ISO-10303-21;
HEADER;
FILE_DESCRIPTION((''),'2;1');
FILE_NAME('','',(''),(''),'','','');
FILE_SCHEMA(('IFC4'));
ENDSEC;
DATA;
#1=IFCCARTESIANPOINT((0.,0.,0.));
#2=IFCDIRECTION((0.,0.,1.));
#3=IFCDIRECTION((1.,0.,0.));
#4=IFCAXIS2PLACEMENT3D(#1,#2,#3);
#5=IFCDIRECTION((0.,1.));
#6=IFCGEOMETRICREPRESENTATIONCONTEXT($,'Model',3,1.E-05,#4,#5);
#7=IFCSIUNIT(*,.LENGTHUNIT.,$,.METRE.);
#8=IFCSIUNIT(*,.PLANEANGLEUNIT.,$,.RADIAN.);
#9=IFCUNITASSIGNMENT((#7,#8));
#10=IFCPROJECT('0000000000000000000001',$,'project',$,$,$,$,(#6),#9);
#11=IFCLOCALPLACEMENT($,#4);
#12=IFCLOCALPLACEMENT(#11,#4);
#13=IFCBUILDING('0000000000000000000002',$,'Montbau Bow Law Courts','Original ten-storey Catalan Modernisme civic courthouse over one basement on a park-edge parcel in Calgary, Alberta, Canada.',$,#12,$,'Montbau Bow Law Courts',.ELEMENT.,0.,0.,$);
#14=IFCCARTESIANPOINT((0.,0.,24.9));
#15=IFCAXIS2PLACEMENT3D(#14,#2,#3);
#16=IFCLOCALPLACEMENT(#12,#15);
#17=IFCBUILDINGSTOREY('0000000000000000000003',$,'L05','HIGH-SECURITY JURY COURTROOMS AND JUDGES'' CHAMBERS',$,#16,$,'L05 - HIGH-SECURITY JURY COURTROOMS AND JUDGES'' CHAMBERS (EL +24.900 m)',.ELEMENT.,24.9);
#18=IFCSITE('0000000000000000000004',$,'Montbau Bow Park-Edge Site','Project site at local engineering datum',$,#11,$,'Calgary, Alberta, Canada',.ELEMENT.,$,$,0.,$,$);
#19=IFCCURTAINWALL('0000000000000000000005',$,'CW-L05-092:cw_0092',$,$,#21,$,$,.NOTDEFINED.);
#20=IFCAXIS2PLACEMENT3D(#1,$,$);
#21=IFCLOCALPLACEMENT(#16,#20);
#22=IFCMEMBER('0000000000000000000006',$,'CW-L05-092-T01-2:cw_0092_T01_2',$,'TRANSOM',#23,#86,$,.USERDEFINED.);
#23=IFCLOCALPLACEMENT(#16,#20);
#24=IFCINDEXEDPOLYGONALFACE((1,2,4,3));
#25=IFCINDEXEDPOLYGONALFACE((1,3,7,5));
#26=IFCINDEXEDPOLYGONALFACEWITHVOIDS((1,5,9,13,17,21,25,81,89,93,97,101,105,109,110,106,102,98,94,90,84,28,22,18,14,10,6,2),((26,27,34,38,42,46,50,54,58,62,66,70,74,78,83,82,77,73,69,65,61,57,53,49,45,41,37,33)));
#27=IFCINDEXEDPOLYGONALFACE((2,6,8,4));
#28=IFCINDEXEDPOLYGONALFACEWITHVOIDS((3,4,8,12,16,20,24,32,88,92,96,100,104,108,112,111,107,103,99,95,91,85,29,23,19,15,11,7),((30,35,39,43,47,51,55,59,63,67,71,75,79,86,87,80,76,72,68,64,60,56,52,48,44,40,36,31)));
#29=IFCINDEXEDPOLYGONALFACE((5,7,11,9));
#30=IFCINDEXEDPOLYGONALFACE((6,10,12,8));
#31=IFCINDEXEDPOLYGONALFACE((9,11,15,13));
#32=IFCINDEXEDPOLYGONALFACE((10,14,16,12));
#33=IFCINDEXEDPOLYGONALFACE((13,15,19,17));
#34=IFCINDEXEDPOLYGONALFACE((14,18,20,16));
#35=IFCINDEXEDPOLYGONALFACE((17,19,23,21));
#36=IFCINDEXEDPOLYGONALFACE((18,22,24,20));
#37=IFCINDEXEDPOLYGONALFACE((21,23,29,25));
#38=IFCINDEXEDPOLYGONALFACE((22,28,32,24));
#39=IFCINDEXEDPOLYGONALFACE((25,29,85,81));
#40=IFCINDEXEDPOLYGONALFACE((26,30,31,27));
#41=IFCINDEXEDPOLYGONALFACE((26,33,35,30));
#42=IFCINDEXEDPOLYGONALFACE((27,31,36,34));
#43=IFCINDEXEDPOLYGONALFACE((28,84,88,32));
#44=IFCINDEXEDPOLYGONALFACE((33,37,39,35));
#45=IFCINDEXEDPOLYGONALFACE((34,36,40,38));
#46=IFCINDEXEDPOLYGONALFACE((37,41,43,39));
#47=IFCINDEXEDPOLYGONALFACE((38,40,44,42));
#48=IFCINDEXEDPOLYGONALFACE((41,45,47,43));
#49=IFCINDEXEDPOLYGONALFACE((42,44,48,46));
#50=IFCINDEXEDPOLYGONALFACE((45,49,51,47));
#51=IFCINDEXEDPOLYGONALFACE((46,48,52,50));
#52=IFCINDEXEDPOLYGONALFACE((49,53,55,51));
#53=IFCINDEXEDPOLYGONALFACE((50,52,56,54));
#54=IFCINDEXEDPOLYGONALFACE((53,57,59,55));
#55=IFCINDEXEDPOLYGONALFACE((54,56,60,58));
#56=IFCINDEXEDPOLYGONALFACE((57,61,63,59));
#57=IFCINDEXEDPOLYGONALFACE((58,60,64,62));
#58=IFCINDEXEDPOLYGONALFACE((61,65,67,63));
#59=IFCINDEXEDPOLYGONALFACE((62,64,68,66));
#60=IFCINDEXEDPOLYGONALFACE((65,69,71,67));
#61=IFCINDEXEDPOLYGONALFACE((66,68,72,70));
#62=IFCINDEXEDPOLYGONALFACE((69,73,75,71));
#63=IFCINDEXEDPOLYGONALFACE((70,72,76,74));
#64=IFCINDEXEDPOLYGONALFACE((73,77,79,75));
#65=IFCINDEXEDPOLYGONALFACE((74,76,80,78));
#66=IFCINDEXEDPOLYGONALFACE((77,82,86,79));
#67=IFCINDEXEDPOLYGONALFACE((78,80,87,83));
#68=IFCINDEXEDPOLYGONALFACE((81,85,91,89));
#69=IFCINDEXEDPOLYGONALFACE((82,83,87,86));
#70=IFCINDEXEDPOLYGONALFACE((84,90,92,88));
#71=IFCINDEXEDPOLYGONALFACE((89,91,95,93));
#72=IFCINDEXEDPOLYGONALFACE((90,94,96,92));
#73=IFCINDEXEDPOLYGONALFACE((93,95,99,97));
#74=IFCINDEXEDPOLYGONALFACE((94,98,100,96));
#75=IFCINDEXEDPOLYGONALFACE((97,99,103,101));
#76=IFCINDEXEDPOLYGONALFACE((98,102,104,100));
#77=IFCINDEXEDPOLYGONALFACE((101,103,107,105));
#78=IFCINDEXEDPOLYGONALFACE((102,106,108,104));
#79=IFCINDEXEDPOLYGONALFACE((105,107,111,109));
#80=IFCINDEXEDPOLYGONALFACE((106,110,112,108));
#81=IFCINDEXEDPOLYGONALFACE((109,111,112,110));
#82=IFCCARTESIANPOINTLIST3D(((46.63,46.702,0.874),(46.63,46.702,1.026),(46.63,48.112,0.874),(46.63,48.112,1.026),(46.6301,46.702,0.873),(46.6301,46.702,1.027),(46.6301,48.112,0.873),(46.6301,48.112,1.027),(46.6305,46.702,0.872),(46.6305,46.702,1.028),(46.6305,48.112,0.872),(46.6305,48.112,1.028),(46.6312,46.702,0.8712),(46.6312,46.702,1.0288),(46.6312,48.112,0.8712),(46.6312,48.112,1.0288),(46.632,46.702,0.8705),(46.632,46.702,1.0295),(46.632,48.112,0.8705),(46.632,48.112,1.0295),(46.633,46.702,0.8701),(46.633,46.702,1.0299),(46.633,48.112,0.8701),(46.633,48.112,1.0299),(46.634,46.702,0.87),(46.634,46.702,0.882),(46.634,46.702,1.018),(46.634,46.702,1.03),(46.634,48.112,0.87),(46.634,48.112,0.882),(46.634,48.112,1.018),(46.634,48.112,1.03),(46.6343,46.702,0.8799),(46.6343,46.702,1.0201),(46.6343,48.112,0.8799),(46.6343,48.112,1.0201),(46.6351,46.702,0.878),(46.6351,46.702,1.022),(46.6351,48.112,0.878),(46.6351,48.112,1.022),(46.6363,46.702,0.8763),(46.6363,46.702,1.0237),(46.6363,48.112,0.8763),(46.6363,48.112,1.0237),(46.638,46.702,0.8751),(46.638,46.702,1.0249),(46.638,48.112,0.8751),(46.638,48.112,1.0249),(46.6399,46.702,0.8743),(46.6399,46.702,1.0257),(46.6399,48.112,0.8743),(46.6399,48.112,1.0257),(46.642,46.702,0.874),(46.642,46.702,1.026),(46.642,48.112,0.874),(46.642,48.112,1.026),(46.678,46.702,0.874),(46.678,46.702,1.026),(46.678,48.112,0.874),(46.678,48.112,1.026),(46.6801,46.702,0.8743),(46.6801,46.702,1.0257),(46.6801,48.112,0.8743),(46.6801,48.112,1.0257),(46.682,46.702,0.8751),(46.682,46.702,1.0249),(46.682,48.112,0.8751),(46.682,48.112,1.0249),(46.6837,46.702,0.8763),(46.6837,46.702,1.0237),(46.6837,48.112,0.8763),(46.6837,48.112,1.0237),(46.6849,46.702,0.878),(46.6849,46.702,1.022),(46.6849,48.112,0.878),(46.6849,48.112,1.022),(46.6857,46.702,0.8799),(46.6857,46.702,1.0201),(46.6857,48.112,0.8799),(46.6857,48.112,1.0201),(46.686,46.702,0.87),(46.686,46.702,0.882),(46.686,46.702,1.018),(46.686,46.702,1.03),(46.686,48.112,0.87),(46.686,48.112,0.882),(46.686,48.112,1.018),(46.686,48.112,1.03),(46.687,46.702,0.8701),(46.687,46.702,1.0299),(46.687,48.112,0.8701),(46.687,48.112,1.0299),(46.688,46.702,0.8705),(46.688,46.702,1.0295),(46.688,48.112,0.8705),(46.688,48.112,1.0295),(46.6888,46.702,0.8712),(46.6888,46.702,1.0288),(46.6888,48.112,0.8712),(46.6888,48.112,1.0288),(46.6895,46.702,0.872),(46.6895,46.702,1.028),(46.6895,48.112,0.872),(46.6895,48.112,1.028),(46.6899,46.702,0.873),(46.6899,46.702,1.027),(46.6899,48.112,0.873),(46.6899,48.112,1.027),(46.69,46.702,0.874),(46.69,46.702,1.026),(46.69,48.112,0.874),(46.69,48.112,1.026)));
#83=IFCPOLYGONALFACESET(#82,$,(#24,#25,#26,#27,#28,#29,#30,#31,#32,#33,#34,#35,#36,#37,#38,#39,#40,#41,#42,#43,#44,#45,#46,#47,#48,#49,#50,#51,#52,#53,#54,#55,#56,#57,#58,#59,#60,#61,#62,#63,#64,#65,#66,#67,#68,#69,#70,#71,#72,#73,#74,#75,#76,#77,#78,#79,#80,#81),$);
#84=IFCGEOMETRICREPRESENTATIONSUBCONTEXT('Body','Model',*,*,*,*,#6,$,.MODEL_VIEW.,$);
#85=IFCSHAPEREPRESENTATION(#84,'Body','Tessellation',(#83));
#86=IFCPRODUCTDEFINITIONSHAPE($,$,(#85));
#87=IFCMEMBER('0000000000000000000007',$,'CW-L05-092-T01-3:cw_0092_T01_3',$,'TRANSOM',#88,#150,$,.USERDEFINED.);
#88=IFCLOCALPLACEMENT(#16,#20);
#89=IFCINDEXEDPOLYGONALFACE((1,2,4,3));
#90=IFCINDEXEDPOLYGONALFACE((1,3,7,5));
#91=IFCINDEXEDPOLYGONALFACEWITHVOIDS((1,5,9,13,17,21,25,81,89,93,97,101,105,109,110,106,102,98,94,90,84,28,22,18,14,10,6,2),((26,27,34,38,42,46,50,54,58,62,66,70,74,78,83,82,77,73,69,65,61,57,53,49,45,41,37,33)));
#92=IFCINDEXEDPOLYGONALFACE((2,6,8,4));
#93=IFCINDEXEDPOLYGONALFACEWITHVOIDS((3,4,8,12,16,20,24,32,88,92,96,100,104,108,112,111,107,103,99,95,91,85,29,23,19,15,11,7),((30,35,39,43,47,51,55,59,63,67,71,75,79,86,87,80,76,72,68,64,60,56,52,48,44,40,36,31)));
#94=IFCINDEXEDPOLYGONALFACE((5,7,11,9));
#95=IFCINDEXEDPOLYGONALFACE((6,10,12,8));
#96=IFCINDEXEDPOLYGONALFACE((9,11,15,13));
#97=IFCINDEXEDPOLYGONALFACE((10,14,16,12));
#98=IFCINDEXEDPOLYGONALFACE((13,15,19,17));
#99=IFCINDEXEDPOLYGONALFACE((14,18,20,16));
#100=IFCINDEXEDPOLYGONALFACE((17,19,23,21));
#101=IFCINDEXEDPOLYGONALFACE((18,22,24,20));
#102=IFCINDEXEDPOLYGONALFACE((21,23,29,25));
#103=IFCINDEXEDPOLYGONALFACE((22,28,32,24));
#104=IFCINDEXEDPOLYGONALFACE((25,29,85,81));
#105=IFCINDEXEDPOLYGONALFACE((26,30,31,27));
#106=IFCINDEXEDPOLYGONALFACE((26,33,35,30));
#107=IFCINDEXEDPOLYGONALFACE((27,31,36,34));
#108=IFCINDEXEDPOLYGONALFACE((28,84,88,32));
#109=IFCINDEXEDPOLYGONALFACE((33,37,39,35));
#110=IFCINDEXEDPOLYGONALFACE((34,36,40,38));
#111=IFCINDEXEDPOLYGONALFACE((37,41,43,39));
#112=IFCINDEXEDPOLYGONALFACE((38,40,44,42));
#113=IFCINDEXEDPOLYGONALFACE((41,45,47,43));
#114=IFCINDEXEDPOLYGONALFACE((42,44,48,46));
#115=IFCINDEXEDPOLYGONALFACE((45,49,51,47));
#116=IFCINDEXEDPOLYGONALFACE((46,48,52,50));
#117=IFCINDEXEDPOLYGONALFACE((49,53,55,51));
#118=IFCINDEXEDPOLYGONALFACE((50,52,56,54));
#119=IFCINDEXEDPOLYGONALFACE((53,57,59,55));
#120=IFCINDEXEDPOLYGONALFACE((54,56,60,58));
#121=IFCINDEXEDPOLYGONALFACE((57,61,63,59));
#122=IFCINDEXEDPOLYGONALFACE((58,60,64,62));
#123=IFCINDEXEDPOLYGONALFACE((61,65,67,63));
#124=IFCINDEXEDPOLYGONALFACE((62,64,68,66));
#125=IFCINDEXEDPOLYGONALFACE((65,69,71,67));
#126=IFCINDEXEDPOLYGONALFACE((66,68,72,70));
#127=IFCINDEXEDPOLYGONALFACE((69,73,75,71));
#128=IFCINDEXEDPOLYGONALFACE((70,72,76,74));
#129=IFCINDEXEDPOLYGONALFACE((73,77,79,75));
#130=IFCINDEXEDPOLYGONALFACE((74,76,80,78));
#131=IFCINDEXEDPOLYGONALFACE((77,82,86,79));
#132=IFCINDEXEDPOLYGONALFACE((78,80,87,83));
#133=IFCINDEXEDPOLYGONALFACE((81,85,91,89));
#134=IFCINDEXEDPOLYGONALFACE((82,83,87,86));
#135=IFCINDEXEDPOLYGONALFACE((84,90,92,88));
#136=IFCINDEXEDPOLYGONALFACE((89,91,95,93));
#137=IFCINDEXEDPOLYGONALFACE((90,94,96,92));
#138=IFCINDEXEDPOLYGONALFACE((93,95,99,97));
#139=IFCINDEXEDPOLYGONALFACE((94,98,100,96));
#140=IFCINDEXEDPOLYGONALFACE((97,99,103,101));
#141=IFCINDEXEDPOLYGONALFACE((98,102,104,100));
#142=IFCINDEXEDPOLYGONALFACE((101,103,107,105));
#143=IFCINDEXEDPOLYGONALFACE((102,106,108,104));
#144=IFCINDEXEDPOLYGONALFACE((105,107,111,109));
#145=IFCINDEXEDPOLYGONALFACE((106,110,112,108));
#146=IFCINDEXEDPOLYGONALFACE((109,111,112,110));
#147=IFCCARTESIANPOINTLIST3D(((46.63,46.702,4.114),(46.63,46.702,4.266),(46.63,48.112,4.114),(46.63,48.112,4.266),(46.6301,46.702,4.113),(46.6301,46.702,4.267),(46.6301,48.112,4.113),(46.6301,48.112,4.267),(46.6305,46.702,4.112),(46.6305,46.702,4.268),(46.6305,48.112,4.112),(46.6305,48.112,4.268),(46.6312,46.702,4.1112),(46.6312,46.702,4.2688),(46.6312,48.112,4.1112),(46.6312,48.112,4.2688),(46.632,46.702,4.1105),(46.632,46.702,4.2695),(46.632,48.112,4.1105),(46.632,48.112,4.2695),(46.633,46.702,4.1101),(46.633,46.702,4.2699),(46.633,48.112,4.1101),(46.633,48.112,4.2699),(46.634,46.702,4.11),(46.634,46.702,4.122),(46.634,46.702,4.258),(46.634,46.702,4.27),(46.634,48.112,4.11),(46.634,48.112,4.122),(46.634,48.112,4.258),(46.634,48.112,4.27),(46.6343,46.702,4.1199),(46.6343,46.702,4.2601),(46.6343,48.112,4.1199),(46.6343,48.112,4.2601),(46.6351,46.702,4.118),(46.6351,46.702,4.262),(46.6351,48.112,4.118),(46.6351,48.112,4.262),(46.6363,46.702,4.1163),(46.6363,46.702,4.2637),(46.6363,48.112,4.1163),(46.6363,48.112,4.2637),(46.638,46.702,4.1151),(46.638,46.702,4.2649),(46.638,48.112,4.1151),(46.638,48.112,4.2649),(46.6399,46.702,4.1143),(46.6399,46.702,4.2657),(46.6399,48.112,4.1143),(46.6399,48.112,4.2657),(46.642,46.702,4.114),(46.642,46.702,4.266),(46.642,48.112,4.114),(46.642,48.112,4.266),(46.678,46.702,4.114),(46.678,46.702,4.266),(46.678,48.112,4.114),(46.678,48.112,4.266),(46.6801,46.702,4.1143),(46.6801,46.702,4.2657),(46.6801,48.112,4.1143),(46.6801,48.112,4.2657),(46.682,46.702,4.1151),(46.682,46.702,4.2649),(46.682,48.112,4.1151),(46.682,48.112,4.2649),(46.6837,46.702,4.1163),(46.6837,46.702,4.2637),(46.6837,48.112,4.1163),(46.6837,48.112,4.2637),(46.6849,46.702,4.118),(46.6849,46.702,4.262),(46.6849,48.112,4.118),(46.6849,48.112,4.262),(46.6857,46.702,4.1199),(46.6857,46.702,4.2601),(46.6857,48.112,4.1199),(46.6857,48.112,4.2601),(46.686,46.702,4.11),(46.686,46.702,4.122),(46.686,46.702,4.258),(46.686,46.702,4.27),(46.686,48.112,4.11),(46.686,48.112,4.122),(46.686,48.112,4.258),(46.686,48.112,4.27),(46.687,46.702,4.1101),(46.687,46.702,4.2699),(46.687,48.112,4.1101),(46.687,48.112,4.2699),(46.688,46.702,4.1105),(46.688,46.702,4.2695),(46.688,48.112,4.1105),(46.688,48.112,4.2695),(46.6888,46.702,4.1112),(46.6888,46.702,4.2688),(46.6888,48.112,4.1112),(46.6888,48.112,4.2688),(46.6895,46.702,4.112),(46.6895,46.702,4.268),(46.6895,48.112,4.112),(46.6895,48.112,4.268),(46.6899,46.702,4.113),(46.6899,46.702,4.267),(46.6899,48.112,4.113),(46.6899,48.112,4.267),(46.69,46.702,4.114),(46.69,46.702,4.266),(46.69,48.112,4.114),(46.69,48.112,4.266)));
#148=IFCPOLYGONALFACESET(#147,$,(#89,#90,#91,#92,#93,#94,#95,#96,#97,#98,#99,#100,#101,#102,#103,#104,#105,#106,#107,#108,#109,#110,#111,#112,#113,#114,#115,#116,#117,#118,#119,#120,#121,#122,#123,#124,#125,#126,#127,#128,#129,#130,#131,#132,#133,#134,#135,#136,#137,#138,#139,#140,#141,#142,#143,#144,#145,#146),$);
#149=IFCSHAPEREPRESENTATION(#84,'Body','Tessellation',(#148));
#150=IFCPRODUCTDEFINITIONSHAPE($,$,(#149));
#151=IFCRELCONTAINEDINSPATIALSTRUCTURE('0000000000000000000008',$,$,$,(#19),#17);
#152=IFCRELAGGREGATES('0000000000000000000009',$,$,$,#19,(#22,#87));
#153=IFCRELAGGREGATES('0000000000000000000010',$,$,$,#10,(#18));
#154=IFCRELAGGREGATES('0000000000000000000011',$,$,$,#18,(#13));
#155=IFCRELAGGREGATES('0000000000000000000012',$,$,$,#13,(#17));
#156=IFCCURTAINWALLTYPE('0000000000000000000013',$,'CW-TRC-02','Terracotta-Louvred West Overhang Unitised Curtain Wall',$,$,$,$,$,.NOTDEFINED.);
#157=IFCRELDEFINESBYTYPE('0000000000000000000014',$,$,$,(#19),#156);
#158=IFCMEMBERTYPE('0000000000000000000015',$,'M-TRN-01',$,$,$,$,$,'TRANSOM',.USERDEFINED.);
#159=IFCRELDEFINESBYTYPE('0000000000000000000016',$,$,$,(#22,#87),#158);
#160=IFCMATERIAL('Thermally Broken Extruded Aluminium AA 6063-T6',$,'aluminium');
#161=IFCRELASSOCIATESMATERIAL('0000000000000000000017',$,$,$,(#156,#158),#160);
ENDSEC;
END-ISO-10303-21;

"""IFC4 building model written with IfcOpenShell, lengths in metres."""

from ifc_helpers import new_model, si_unit, direction, frame, origin_with_axes, origin_2d_with_axis, place, context, subcontext, project, spatial, hollow_rectangle, extrude, material, material_profile, profile_set, type_object, element, aggregate, save


model = new_model("IFC4")

# Units and contexts
model_context = context("Model", 3, precision=1e-05, world=origin_with_axes(), true_north=direction((0.0, 1.0)))
body_context = subcontext(model_context, "Body", "Model", "MODEL_VIEW")
ifc_project = project(units=[si_unit("LENGTHUNIT", "METRE"), si_unit("PLANEANGLEUNIT", "RADIAN")], contexts=[model_context])

# Site, building, storey
site_placement = place(None, origin_with_axes())
site = spatial("IfcSite", under=ifc_project, at=site_placement, Name="Montbau Bow Park-Edge Site", Description="Project site at local engineering datum", LongName="Calgary, Alberta, Canada", CompositionType="ELEMENT", RefElevation=0.0)
building_placement = place(site_placement, origin_with_axes())
building = spatial("IfcBuilding", under=site, at=building_placement, Name="Montbau Bow Law Courts", Description="Original ten-storey Catalan Modernisme civic courthouse over one basement on a park-edge parcel in Calgary, Alberta, Canada.", LongName="Montbau Bow Law Courts", CompositionType="ELEMENT", ElevationOfRefHeight=0.0, ElevationOfTerrain=0.0)
storey_placement = place(building_placement, frame((0.0, 0.0, 24.9), z_axis=(0.0, 0.0, 1.0), x_axis=(1.0, 0.0, 0.0)))
storey = spatial("IfcBuildingStorey", under=building, at=storey_placement, Name="L05", Description="HIGH-SECURITY JURY COURTROOMS AND JUDGES' CHAMBERS", LongName="L05 - HIGH-SECURITY JURY COURTROOMS AND JUDGES' CHAMBERS (EL +24.900 m)", CompositionType="ELEMENT", Elevation=24.9)

# Curtain wall, members
ifc_material_1 = material(Name="Thermally Broken Extruded Aluminium AA 6063-T6", Category="aluminium")
curtain_wall_type = type_object("IfcCurtainWallType", Name="CW-TRC-02", Description="Terracotta-Louvred West Overhang Unitised Curtain Wall", PredefinedType="NOTDEFINED", material=ifc_material_1)
curtain_wall_placement = place(None, frame((46.66, 46.64, 24.9), z_axis=(0.0, 0.0, 1.0), x_axis=(1.0, 0.0, 0.0)))
curtain_wall = element("IfcCurtainWall", 1, at=curtain_wall_placement, inside=storey, type_object=curtain_wall_type, Name="CW-L05-092:cw_0092", PredefinedType="NOTDEFINED")
ifc_material_profile_1 = material_profile(ifc_material_1, hollow_rectangle(XDim=0.06, YDim=0.16, WallThickness=0.004, InnerFilletRadius=0.008, OuterFilletRadius=0.004, at=origin_2d_with_axis()), Name="CWT-160X60", Category="Main", Priority=0)
ifc_profile_set_1 = profile_set([ifc_material_profile_1], Name="Thermally Broken Extruded Aluminium AA 6063-T6")
member_type_1 = type_object("IfcMemberType", Name="M-TRN-01", ElementType="TRANSOM", PredefinedType="USERDEFINED", material=ifc_profile_set_1)
member_1_placement = place(None, frame((46.66, 46.702, 25.85), z_axis=(0.0, 1.0, 0.0), x_axis=(-1.0, 0.0, 0.0)))
member_1 = element("IfcMember", 2, at=member_1_placement, type_object=member_type_1, Name="CW-L05-092-T01-2:cw_0092_T01_2", ObjectType="TRANSOM", PredefinedType="USERDEFINED", context=body_context, shape_type="SweptSolid", body=[
    extrude(hollow_rectangle(XDim=0.06, YDim=0.16, WallThickness=0.004, InnerFilletRadius=0.008, OuterFilletRadius=0.004, at=origin_2d_with_axis()), origin_with_axes(), (0.0, 0.0, 1.0), 1.41),
])
member_2_placement = place(None, frame((46.66, 46.702, 29.09), z_axis=(0.0, 1.0, 0.0), x_axis=(-1.0, 0.0, 0.0)))
member_2 = element("IfcMember", 3, at=member_2_placement, type_object=member_type_1, Name="CW-L05-092-T01-3:cw_0092_T01_3", ObjectType="TRANSOM", PredefinedType="USERDEFINED", context=body_context, shape_type="SweptSolid", body=[
    extrude(hollow_rectangle(XDim=0.06, YDim=0.16, WallThickness=0.004, InnerFilletRadius=0.008, OuterFilletRadius=0.004, at=origin_2d_with_axis()), origin_with_axes(), (0.0, 0.0, 1.0), 1.41),
])
aggregate(curtain_wall, [member_1, member_2])

save(model, "model.ifc")
